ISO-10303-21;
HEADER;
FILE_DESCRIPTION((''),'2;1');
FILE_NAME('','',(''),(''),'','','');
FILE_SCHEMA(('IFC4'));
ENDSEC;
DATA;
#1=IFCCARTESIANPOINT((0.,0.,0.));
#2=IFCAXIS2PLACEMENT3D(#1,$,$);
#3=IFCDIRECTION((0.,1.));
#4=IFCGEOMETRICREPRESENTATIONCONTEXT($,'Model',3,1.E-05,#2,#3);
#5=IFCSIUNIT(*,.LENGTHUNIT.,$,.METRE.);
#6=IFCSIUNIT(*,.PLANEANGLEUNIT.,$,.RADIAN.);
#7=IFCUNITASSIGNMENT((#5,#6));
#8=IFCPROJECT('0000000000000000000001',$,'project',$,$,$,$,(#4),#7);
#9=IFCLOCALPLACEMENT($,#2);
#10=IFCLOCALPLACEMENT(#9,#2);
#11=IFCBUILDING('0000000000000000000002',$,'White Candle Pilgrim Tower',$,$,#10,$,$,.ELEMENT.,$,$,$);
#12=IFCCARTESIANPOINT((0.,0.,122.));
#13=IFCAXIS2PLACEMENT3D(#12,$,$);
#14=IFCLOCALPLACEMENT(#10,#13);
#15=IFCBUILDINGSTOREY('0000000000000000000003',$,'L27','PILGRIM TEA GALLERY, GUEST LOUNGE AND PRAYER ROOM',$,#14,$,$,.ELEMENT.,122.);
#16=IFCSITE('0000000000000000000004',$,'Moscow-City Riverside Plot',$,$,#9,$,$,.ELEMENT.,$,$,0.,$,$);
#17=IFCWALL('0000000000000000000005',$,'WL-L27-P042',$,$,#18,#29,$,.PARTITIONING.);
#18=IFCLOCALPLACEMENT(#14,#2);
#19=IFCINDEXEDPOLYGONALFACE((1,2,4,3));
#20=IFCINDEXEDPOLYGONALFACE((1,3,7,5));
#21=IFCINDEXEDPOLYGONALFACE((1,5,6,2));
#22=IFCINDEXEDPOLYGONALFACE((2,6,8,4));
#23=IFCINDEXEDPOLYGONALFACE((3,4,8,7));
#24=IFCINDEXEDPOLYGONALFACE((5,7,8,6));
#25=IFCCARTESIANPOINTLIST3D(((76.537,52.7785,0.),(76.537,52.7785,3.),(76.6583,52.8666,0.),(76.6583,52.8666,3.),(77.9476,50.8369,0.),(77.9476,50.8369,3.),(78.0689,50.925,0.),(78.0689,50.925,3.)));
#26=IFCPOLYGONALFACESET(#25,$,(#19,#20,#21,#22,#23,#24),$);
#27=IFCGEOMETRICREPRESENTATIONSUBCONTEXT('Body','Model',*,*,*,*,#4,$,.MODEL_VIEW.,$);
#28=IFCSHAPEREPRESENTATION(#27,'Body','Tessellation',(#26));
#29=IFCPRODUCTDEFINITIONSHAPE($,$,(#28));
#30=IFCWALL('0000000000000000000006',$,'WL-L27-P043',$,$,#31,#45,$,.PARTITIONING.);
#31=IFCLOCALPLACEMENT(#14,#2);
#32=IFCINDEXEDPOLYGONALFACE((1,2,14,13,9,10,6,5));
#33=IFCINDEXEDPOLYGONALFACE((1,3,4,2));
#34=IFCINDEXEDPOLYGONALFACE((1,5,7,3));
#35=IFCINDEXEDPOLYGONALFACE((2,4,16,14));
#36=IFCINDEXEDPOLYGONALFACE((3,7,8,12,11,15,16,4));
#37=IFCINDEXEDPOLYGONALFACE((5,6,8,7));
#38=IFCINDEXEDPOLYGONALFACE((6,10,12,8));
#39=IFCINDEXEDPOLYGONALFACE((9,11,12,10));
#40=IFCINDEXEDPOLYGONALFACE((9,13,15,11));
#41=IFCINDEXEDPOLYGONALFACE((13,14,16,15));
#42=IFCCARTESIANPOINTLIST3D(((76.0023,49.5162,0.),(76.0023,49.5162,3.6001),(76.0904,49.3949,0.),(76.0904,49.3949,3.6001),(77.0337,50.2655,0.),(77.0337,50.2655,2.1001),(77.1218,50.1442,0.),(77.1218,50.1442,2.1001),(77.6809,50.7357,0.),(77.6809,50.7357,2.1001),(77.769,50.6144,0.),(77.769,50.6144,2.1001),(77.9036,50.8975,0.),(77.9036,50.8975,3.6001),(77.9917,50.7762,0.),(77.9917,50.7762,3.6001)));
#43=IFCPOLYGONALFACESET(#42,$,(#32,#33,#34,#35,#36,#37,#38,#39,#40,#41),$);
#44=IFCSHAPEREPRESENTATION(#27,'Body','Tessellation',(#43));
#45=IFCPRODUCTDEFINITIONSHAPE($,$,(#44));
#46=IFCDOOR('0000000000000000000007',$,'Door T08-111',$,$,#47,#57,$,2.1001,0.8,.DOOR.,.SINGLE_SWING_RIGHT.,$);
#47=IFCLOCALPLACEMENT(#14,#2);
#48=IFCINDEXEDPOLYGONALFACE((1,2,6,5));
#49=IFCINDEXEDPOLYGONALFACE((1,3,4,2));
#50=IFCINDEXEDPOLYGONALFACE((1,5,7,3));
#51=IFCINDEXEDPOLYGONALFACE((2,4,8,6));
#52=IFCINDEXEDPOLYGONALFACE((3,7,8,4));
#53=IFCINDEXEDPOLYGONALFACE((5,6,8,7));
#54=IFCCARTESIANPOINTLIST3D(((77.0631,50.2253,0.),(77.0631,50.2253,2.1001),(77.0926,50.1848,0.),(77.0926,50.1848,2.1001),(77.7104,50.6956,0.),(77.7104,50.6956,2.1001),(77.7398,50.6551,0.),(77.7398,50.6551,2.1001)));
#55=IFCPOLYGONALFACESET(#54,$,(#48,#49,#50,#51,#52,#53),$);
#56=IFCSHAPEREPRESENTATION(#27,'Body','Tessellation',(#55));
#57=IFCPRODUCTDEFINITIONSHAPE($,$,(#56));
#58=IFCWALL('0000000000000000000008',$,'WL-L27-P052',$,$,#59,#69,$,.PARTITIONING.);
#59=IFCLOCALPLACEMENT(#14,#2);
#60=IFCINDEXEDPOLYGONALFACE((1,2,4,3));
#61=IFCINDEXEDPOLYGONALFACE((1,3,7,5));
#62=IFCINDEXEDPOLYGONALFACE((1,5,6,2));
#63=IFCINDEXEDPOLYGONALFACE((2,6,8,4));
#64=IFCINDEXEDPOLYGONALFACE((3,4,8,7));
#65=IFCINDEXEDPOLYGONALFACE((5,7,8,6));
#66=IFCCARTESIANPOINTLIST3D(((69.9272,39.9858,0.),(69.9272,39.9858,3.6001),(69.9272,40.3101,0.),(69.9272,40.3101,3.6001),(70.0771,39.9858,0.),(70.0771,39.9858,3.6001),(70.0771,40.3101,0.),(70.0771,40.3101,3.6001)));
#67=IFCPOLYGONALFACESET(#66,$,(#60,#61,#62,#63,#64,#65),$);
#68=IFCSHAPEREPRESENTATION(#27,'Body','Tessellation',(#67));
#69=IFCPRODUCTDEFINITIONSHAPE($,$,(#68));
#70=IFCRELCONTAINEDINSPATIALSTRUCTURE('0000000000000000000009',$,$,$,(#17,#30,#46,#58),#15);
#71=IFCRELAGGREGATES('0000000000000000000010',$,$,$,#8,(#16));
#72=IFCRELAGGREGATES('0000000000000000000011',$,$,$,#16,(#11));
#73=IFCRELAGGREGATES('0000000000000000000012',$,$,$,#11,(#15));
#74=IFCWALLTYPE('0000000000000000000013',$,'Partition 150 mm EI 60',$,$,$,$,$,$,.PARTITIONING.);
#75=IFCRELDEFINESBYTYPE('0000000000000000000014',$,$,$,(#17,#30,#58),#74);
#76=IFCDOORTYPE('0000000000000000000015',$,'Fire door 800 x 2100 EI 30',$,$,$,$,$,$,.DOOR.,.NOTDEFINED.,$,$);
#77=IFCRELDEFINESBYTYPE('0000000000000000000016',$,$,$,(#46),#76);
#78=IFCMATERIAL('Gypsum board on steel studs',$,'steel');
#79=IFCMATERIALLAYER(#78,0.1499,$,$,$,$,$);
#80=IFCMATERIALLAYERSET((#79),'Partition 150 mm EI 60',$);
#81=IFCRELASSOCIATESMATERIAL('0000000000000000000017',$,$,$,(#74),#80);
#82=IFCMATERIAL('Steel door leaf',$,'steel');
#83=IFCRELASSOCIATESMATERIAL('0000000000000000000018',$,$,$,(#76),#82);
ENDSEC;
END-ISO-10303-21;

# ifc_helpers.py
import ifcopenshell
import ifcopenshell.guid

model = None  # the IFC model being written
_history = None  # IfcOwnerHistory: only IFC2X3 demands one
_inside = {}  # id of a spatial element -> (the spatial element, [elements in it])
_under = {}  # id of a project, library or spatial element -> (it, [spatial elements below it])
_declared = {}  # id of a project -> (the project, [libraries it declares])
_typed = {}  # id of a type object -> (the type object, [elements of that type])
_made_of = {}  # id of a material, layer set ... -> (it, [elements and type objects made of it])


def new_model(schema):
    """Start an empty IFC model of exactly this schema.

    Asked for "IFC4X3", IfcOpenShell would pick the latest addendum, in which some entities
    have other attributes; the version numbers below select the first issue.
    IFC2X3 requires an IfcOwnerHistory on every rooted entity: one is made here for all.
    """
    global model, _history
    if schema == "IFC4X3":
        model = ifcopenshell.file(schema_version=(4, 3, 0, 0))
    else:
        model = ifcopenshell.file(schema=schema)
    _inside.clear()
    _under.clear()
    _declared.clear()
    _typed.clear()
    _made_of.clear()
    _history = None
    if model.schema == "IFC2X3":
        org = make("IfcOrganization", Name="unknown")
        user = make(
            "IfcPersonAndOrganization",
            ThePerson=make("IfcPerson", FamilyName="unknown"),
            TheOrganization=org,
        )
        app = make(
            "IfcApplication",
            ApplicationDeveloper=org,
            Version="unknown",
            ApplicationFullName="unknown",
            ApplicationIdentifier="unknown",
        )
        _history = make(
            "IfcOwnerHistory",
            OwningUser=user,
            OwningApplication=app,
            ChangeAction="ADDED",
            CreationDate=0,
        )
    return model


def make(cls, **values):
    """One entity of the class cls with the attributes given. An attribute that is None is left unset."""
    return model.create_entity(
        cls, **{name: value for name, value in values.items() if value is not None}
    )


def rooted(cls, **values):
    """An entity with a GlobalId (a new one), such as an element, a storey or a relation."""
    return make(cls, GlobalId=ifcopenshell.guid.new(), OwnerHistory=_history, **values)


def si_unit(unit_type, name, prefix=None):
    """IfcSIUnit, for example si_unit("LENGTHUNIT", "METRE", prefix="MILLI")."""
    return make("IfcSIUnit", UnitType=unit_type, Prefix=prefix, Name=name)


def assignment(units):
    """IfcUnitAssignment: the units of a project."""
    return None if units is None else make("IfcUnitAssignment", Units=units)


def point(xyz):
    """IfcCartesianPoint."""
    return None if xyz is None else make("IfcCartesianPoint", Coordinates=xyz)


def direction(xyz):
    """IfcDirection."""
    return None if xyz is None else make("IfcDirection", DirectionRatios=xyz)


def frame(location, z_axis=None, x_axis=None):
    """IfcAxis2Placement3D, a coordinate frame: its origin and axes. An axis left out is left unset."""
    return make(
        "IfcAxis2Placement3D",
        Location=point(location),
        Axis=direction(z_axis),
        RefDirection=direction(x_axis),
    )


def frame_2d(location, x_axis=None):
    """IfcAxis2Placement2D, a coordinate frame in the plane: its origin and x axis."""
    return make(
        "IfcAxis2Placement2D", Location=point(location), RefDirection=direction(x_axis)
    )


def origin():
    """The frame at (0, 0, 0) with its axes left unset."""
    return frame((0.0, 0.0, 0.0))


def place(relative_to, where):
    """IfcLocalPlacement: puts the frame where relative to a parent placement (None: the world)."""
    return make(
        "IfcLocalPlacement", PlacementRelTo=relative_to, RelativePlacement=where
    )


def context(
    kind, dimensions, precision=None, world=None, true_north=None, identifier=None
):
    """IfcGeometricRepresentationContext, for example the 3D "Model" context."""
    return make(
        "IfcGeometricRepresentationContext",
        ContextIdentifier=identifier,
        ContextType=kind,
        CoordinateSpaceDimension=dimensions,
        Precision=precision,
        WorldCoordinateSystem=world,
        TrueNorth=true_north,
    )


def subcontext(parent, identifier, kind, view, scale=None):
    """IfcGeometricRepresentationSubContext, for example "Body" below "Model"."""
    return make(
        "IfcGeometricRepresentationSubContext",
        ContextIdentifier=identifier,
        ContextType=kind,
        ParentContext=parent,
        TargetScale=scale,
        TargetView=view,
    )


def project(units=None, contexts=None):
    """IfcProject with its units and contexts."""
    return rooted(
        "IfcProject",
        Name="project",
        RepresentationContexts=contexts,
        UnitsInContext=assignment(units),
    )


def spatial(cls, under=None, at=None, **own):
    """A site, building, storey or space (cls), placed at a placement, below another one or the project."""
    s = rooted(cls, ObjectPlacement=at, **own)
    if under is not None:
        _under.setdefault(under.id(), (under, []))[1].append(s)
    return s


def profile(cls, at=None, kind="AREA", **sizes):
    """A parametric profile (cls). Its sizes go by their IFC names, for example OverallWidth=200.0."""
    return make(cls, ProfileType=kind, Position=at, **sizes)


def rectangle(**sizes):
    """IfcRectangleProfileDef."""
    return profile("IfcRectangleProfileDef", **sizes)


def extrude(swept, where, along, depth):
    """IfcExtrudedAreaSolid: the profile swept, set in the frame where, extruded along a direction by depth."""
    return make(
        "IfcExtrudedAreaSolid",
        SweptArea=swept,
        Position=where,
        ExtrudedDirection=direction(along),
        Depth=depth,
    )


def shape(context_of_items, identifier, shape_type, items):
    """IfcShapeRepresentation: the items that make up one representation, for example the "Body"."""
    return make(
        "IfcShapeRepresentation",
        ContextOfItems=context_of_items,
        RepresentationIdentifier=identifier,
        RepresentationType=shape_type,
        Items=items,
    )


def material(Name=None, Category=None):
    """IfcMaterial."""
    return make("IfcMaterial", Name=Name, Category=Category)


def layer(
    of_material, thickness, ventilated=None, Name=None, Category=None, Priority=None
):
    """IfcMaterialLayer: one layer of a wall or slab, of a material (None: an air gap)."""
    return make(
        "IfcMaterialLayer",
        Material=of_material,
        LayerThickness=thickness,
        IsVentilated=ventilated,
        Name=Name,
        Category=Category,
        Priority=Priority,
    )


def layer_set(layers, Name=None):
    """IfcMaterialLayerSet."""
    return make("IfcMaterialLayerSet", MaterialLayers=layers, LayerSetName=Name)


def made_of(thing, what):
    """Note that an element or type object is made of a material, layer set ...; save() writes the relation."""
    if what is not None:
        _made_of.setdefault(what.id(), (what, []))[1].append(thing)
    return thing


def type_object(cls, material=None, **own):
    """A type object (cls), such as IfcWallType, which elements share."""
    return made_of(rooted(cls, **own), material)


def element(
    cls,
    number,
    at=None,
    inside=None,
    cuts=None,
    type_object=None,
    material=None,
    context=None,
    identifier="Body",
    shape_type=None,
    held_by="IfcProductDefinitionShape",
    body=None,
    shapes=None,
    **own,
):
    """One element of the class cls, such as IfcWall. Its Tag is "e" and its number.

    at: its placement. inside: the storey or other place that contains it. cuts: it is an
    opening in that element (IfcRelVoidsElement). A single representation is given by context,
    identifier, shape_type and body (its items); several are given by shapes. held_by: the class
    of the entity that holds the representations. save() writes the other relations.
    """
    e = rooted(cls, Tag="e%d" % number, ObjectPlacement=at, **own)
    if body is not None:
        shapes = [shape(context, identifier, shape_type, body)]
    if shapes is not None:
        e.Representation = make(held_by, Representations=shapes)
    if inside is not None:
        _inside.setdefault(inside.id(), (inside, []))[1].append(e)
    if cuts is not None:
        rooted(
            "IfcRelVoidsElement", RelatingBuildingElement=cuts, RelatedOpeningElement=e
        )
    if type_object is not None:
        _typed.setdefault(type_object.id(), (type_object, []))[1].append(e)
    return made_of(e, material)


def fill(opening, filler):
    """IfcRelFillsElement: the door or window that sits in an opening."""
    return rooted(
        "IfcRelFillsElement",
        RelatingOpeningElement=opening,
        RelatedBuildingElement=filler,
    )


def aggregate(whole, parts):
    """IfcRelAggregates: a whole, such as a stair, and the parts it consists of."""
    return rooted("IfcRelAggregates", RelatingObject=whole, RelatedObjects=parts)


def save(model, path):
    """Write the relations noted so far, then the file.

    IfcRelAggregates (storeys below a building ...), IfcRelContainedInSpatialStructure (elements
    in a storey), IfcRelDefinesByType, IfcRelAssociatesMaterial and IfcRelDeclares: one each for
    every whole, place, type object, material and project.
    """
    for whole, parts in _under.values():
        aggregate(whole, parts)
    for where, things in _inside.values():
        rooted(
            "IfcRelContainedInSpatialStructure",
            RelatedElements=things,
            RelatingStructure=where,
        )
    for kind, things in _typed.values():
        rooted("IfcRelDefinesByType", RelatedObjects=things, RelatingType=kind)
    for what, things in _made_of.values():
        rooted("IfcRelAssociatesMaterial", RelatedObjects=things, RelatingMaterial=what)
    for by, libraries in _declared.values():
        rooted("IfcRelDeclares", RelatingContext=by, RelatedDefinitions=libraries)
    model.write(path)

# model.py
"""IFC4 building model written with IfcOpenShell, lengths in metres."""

from ifc_helpers import new_model, si_unit, direction, frame, frame_2d, origin, place, context, subcontext, project, spatial, rectangle, extrude, material, layer, layer_set, type_object, element, fill, save


model = new_model("IFC4")

# Units and contexts
model_context = context("Model", 3, precision=1e-05, world=origin(), true_north=direction((0.0, 1.0)))
body_context = subcontext(model_context, "Body", "Model", "MODEL_VIEW")
ifc_project = project(units=[si_unit("LENGTHUNIT", "METRE"), si_unit("PLANEANGLEUNIT", "RADIAN")], contexts=[model_context])

# Site, building, storey
site_placement = place(None, origin())
site = spatial("IfcSite", under=ifc_project, at=site_placement, Name="Moscow-City Riverside Plot", CompositionType="ELEMENT", RefElevation=0.0)
building_placement = place(site_placement, origin())
building = spatial("IfcBuilding", under=site, at=building_placement, Name="White Candle Pilgrim Tower", CompositionType="ELEMENT")
storey_placement = place(building_placement, frame((0.0, 0.0, 122.0)))
storey = spatial("IfcBuildingStorey", under=building, at=storey_placement, Name="L27", Description="PILGRIM TEA GALLERY, GUEST LOUNGE AND PRAYER ROOM", CompositionType="ELEMENT", Elevation=122.0)

# Shared definitions
ifc_material_1 = material(Name="Gypsum board on steel studs", Category="steel")
ifc_material_2 = material(Name="Steel door leaf", Category="steel")

# Wall
ifc_layer_1 = layer(ifc_material_1, 0.1499)
ifc_layer_set_1 = layer_set([ifc_layer_1], Name="Partition 150 mm EI 60")
wall_type_1 = type_object("IfcWallType", Name="Partition 150 mm EI 60", PredefinedType="PARTITIONING", material=ifc_layer_set_1)
wall_1_placement = place(storey_placement, frame((76.5977, 52.8225, 0.0), z_axis=(0.0, 0.0, 1.0), x_axis=(0.587772, -0.809026, 0.0)))
element("IfcWall", 1, at=wall_1_placement, inside=storey, type_object=wall_type_1, Name="WL-L27-P042", PredefinedType="PARTITIONING", context=body_context, shape_type="SweptSolid", body=[
    extrude(rectangle(XDim=2.3999, YDim=0.1499, at=frame_2d((1.2, 0.0))), origin(), (0.0, 0.0, 1.0), 3.0),
])

# Wall, opening, door
wall_2_placement = place(storey_placement, frame((76.0464, 49.4556, 0.0), z_axis=(0.0, 0.0, 1.0), x_axis=(0.809032, 0.587764, 0.0)))
wall_2 = element("IfcWall", 2, at=wall_2_placement, inside=storey, type_object=wall_type_1, Name="WL-L27-P043", PredefinedType="PARTITIONING", context=body_context, shape_type="SweptSolid", body=[
    extrude(rectangle(XDim=2.3501, YDim=0.1499, at=frame_2d((1.175, 0.0))), origin(), (0.0, 0.0, 1.0), 3.6001),
])
opening_1_placement = place(wall_2_placement, frame((1.2749, 0.0, 0.0)))
opening_1 = element("IfcOpeningElement", 3, at=opening_1_placement, cuts=wall_2, PredefinedType="OPENING", context=body_context, shape_type="SweptSolid", body=[
    extrude(rectangle(XDim=0.8, YDim=2.1001, at=frame_2d((0.3999, 1.05))), frame((0.0, 0.085, 0.0), z_axis=(0.0, -1.0, 0.0), x_axis=(1.0, 0.0, 0.0)), (0.0, 0.0, 1.0), 0.1699),
])
door_type_1 = type_object("IfcDoorType", Name="Fire door 800 x 2100 EI 30", OperationType="NOTDEFINED", PredefinedType="DOOR", material=ifc_material_2)
door_1_placement = place(opening_1_placement, frame((0.8, 0.0, 0.0), z_axis=(0.0, 0.0, 1.0), x_axis=(-1.0, 0.0, 0.0)))
door_1 = element("IfcDoor", 4, at=door_1_placement, inside=storey, type_object=door_type_1, Name="Door T08-111", OperationType="SINGLE_SWING_RIGHT", OverallHeight=2.1001, OverallWidth=0.8, PredefinedType="DOOR", context=body_context, shape_type="SweptSolid", body=[
    extrude(rectangle(XDim=0.8, YDim=2.1001, at=frame_2d((0.3999, 1.05))), frame((0.0, 0.0249, 0.0), z_axis=(0.0, -1.0, 0.0), x_axis=(1.0, 0.0, 0.0)), (0.0, 0.0, 1.0), 0.05),
])
fill(opening_1, door_1)

# Wall
wall_3_placement = place(storey_placement, frame((70.0022, 40.3101, 0.0), z_axis=(0.0, 0.0, 1.0), x_axis=(0.0, -1.0, 0.0)))
element("IfcWall", 5, at=wall_3_placement, inside=storey, type_object=wall_type_1, Name="WL-L27-P052", PredefinedType="PARTITIONING", context=body_context, shape_type="SweptSolid", body=[
    extrude(rectangle(XDim=0.3242, YDim=0.1499, at=frame_2d((0.1621, 0.0))), origin(), (0.0, 0.0, 1.0), 3.6001),
])

save(model, "model.ifc")
